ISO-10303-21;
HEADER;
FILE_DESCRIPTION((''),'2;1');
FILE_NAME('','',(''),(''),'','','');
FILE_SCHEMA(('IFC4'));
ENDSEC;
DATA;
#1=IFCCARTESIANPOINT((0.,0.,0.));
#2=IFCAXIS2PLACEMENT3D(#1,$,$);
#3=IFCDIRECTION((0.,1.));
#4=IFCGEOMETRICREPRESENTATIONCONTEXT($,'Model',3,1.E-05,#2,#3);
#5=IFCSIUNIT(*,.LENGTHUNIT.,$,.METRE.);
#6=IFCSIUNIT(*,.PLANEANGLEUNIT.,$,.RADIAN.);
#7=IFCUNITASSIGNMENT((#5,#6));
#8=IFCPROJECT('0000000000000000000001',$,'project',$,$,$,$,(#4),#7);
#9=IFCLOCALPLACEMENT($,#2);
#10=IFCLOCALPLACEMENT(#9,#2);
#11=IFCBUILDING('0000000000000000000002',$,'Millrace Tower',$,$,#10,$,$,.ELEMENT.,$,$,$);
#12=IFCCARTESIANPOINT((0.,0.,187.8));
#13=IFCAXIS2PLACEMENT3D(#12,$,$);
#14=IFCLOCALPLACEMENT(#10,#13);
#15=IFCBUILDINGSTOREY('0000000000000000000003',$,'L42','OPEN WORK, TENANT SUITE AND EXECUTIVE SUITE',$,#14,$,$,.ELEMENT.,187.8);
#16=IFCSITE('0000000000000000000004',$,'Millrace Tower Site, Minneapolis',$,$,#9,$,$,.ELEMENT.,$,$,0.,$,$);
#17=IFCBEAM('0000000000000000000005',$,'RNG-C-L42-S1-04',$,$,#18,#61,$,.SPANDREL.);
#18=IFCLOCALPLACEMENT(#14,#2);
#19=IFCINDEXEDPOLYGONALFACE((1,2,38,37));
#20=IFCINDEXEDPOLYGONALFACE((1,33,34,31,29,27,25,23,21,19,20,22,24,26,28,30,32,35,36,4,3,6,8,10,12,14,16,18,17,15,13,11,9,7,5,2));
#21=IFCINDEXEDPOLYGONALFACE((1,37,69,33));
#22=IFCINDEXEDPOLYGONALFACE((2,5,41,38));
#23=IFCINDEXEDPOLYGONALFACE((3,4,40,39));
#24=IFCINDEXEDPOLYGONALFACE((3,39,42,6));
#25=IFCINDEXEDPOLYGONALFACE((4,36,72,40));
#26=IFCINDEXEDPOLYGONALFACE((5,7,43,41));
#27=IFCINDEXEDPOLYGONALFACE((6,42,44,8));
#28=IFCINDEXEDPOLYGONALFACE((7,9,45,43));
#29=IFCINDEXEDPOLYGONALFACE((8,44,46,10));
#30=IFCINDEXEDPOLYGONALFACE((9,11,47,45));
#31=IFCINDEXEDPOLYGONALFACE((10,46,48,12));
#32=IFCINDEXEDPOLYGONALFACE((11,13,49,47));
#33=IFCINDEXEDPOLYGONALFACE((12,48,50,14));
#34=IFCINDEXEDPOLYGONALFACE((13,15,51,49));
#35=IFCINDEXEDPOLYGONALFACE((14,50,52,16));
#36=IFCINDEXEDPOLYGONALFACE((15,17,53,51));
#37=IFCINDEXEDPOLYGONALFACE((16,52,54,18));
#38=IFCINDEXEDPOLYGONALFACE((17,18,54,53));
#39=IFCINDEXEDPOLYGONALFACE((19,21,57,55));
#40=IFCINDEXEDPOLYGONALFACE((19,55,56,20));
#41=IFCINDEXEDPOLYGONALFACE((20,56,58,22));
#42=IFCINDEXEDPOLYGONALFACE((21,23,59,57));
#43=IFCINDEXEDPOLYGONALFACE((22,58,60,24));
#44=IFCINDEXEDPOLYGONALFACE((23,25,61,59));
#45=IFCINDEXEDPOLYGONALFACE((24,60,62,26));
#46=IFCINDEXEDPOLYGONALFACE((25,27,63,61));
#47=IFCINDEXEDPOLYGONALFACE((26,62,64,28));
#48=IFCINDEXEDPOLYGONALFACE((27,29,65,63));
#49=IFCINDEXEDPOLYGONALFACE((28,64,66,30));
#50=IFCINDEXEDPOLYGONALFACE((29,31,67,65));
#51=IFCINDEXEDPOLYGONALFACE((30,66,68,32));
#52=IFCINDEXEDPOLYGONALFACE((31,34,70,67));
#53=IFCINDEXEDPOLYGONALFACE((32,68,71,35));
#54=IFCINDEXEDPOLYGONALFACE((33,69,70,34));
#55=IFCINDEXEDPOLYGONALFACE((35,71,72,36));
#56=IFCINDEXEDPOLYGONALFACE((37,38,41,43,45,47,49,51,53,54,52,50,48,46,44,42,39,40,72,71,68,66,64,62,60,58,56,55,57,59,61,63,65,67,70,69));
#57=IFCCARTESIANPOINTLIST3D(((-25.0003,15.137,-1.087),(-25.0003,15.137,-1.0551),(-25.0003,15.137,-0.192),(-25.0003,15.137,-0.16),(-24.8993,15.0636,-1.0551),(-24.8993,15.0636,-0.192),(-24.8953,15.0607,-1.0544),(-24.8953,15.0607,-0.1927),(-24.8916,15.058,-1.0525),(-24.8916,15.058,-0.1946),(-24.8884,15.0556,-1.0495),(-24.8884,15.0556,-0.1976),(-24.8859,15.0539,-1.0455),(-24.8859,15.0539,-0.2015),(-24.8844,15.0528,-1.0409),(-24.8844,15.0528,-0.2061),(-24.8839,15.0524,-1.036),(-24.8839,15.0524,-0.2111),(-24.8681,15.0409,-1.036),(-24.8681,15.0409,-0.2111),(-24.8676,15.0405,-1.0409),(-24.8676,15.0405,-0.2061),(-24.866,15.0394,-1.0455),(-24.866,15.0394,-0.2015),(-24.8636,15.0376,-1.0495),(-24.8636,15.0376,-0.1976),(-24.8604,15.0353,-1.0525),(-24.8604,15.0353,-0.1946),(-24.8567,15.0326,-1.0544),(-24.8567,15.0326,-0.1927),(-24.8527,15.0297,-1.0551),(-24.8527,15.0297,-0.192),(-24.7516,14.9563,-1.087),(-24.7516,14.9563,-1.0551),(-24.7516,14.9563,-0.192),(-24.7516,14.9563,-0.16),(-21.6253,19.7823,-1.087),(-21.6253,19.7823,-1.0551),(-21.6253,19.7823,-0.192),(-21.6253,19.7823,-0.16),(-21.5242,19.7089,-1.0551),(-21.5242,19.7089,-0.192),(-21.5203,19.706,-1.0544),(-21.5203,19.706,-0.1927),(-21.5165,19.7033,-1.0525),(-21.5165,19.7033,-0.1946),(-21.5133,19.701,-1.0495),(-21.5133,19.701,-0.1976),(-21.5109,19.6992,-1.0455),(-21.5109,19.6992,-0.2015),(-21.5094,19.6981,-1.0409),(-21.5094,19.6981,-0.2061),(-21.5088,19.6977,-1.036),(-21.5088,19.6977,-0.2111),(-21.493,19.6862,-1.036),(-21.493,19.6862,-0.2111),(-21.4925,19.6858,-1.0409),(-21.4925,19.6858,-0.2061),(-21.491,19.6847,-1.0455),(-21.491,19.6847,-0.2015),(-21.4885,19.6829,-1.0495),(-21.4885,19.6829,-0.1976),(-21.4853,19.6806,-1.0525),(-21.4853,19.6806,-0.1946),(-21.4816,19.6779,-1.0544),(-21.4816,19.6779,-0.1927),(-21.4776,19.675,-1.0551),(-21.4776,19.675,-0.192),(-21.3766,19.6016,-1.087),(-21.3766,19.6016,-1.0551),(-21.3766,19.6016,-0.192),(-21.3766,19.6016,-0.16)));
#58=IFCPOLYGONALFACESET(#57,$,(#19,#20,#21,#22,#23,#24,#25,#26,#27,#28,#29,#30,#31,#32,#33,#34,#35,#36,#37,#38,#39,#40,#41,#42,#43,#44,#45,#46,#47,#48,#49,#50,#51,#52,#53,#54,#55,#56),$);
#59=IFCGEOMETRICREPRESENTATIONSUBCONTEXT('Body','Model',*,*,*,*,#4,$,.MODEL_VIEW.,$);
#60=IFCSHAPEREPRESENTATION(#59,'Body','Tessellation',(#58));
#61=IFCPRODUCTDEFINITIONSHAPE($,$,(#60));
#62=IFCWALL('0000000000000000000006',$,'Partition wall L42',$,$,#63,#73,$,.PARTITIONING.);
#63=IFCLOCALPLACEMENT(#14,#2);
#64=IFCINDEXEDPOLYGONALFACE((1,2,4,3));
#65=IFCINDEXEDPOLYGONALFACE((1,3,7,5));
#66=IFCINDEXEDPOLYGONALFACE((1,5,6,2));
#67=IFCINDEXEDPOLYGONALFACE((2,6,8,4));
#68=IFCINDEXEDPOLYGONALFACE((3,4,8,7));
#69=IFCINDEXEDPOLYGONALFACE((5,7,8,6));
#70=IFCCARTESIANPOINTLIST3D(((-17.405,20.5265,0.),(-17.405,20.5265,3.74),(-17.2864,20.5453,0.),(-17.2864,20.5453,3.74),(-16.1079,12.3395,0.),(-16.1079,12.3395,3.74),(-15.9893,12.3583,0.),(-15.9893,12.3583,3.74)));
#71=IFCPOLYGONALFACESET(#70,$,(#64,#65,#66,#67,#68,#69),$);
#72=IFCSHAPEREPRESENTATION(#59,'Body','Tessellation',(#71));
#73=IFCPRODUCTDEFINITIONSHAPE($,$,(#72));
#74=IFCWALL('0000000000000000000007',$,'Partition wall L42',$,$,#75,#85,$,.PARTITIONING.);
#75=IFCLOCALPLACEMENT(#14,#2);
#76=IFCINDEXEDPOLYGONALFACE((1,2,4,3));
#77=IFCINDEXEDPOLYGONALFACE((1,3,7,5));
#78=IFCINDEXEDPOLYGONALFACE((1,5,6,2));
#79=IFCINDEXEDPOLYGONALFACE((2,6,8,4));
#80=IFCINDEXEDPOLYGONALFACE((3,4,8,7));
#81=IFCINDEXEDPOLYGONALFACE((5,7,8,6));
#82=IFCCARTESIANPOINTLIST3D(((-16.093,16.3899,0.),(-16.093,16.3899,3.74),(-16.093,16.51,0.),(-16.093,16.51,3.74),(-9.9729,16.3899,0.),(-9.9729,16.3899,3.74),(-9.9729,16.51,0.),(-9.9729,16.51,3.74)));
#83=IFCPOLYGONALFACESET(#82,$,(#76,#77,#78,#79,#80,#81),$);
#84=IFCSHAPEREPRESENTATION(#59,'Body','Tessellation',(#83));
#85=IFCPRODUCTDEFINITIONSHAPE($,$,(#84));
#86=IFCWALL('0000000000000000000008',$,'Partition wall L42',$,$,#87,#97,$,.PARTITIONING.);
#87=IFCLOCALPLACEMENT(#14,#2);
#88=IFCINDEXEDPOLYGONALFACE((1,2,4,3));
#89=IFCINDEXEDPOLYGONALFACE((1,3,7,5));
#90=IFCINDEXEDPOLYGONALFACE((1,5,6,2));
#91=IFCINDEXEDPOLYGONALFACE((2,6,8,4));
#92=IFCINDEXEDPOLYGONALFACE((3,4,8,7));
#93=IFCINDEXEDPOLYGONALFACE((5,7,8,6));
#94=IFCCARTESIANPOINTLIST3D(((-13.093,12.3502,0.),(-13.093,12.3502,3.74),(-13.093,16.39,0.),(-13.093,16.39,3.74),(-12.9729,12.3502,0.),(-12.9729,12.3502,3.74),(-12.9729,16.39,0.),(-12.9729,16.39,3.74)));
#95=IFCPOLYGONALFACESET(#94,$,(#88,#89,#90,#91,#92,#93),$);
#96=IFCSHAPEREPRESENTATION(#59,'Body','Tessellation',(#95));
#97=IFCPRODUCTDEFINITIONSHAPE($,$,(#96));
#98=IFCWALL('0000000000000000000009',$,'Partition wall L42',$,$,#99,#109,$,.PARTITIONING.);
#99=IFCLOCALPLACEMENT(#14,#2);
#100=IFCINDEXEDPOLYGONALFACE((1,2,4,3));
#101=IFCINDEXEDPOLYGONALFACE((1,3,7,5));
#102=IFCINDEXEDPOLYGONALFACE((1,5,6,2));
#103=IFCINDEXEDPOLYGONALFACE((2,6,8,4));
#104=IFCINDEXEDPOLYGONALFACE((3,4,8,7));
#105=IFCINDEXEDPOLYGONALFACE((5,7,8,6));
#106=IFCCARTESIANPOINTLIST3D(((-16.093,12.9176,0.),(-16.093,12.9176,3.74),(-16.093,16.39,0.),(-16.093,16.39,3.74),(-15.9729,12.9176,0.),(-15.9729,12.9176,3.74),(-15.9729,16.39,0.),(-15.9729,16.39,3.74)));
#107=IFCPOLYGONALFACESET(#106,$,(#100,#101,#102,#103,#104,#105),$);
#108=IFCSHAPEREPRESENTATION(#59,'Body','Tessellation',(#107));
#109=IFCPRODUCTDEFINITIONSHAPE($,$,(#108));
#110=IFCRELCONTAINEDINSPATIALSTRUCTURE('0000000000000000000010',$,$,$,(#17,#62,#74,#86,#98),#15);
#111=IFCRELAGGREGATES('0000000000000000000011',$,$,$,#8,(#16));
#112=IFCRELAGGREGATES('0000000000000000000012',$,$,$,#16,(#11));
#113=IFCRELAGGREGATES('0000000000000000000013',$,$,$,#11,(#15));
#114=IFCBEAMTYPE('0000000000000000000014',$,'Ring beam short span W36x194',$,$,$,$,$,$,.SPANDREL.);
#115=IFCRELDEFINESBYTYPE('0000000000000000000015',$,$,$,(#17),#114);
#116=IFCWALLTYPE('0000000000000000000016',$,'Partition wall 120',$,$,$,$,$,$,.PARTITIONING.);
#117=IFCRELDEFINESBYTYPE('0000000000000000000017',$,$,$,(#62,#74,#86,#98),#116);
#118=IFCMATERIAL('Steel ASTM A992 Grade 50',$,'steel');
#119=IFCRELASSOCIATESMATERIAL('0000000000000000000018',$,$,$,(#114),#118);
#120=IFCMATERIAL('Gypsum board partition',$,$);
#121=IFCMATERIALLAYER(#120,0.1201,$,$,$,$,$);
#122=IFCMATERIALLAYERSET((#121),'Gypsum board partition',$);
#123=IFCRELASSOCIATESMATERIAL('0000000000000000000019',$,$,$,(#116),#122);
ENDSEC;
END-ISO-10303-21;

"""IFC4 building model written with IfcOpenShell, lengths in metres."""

from ifc_helpers import new_model, si_unit, direction, frame, frame_2d, origin, origin_2d, place, context, subcontext, project, spatial, rectangle, i_section, extrude, material, layer, layer_set, material_profile, profile_set, type_object, element, save


model = new_model("IFC4")

# Units and contexts
model_context = context("Model", 3, precision=1e-05, world=origin(), true_north=direction((0.0, 1.0)))
body_context = subcontext(model_context, "Body", "Model", "MODEL_VIEW")
ifc_project = project(units=[si_unit("LENGTHUNIT", "METRE"), si_unit("PLANEANGLEUNIT", "RADIAN")], contexts=[model_context])

# Site, building, storey
site_placement = place(None, origin())
site = spatial("IfcSite", under=ifc_project, at=site_placement, Name="Millrace Tower Site, Minneapolis", CompositionType="ELEMENT", RefElevation=0.0)
building_placement = place(site_placement, origin())
building = spatial("IfcBuilding", under=site, at=building_placement, Name="Millrace Tower", CompositionType="ELEMENT")
storey_placement = place(building_placement, frame((0.0, 0.0, 187.8)))
storey = spatial("IfcBuildingStorey", under=building, at=storey_placement, Name="L42", Description="OPEN WORK, TENANT SUITE AND EXECUTIVE SUITE", CompositionType="ELEMENT", Elevation=187.8)

# Beam
ifc_material_1 = material(Name="Steel ASTM A992 Grade 50", Category="steel")
ifc_material_profile_1 = material_profile(ifc_material_1, i_section(OverallWidth=0.3074, OverallDepth=0.927, WebThickness=0.0195, FlangeThickness=0.032, FilletRadius=0.019, at=origin_2d()))
ifc_profile_set_1 = profile_set([ifc_material_profile_1], Name="Steel ASTM A992 Grade 50")
beam_type_1 = type_object("IfcBeamType", Name="Ring beam short span W36x194", PredefinedType="SPANDREL", material=ifc_profile_set_1)
beam_1_placement = place(storey_placement, frame((-24.876, 15.0466, -0.6235), z_axis=(0.587787, 0.809015, 0.0), x_axis=(-0.809015, 0.587787, 0.0)))
element("IfcBeam", 1, at=beam_1_placement, inside=storey, type_object=beam_type_1, Name="RNG-C-L42-S1-04", PredefinedType="SPANDREL", context=body_context, shape_type="SweptSolid", body=[
    extrude(i_section(OverallWidth=0.3074, OverallDepth=0.927, WebThickness=0.0195, FlangeThickness=0.032, FilletRadius=0.019, at=origin_2d()), origin(), (0.0, 0.0, 1.0), 5.7419),
])

# Walls
ifc_material_2 = material(Name="Gypsum board partition")
ifc_layer_1 = layer(ifc_material_2, 0.1201)
ifc_layer_set_1 = layer_set([ifc_layer_1], Name="Gypsum board partition")
wall_type = type_object("IfcWallType", Name="Partition wall 120", PredefinedType="PARTITIONING", material=ifc_layer_set_1)
wall_1_placement = place(storey_placement, frame((-17.3457, 20.5359, 0.0), z_axis=(0.0, 0.0, 1.0), x_axis=(0.156484, -0.98768, 0.0)))
element("IfcWall", 2, at=wall_1_placement, inside=storey, type_object=wall_type, Name="Partition wall L42", PredefinedType="PARTITIONING", context=body_context, shape_type="SweptSolid", body=[
    extrude(rectangle(XDim=8.2891, YDim=0.1201, at=frame_2d((4.1445, 0.0))), origin(), (0.0, 0.0, 1.0), 3.74),
])
wall_2_placement = place(storey_placement, frame((-16.093, 16.45, 0.0), z_axis=(0.0, 0.0, 1.0), x_axis=(1.0, 0.0, 0.0)))
element("IfcWall", 3, at=wall_2_placement, inside=storey, type_object=wall_type, Name="Partition wall L42", PredefinedType="PARTITIONING", context=body_context, shape_type="SweptSolid", body=[
    extrude(rectangle(XDim=6.1201, YDim=0.1201, at=frame_2d((3.0601, 0.0))), origin(), (0.0, 0.0, 1.0), 3.74),
])
wall_3_placement = place(storey_placement, frame((-13.033, 12.3501, 0.0), z_axis=(0.0, 0.0, 1.0), x_axis=(0.0, 1.0, 0.0)))
element("IfcWall", 4, at=wall_3_placement, inside=storey, type_object=wall_type, Name="Partition wall L42", PredefinedType="PARTITIONING", context=body_context, shape_type="SweptSolid", body=[
    extrude(rectangle(XDim=4.0398, YDim=0.1201, at=frame_2d((2.02, 0.0))), origin(), (0.0, 0.0, 1.0), 3.74),
])
wall_4_placement = place(storey_placement, frame((-16.033, 12.9175, 0.0), z_axis=(0.0, 0.0, 1.0), x_axis=(0.0, 1.0, 0.0)))
element("IfcWall", 5, at=wall_4_placement, inside=storey, type_object=wall_type, Name="Partition wall L42", PredefinedType="PARTITIONING", context=body_context, shape_type="SweptSolid", body=[
    extrude(rectangle(XDim=3.4724, YDim=0.1201, at=frame_2d((1.7363, 0.0))), origin(), (0.0, 0.0, 1.0), 3.74),
])

save(model, "model.ifc")
